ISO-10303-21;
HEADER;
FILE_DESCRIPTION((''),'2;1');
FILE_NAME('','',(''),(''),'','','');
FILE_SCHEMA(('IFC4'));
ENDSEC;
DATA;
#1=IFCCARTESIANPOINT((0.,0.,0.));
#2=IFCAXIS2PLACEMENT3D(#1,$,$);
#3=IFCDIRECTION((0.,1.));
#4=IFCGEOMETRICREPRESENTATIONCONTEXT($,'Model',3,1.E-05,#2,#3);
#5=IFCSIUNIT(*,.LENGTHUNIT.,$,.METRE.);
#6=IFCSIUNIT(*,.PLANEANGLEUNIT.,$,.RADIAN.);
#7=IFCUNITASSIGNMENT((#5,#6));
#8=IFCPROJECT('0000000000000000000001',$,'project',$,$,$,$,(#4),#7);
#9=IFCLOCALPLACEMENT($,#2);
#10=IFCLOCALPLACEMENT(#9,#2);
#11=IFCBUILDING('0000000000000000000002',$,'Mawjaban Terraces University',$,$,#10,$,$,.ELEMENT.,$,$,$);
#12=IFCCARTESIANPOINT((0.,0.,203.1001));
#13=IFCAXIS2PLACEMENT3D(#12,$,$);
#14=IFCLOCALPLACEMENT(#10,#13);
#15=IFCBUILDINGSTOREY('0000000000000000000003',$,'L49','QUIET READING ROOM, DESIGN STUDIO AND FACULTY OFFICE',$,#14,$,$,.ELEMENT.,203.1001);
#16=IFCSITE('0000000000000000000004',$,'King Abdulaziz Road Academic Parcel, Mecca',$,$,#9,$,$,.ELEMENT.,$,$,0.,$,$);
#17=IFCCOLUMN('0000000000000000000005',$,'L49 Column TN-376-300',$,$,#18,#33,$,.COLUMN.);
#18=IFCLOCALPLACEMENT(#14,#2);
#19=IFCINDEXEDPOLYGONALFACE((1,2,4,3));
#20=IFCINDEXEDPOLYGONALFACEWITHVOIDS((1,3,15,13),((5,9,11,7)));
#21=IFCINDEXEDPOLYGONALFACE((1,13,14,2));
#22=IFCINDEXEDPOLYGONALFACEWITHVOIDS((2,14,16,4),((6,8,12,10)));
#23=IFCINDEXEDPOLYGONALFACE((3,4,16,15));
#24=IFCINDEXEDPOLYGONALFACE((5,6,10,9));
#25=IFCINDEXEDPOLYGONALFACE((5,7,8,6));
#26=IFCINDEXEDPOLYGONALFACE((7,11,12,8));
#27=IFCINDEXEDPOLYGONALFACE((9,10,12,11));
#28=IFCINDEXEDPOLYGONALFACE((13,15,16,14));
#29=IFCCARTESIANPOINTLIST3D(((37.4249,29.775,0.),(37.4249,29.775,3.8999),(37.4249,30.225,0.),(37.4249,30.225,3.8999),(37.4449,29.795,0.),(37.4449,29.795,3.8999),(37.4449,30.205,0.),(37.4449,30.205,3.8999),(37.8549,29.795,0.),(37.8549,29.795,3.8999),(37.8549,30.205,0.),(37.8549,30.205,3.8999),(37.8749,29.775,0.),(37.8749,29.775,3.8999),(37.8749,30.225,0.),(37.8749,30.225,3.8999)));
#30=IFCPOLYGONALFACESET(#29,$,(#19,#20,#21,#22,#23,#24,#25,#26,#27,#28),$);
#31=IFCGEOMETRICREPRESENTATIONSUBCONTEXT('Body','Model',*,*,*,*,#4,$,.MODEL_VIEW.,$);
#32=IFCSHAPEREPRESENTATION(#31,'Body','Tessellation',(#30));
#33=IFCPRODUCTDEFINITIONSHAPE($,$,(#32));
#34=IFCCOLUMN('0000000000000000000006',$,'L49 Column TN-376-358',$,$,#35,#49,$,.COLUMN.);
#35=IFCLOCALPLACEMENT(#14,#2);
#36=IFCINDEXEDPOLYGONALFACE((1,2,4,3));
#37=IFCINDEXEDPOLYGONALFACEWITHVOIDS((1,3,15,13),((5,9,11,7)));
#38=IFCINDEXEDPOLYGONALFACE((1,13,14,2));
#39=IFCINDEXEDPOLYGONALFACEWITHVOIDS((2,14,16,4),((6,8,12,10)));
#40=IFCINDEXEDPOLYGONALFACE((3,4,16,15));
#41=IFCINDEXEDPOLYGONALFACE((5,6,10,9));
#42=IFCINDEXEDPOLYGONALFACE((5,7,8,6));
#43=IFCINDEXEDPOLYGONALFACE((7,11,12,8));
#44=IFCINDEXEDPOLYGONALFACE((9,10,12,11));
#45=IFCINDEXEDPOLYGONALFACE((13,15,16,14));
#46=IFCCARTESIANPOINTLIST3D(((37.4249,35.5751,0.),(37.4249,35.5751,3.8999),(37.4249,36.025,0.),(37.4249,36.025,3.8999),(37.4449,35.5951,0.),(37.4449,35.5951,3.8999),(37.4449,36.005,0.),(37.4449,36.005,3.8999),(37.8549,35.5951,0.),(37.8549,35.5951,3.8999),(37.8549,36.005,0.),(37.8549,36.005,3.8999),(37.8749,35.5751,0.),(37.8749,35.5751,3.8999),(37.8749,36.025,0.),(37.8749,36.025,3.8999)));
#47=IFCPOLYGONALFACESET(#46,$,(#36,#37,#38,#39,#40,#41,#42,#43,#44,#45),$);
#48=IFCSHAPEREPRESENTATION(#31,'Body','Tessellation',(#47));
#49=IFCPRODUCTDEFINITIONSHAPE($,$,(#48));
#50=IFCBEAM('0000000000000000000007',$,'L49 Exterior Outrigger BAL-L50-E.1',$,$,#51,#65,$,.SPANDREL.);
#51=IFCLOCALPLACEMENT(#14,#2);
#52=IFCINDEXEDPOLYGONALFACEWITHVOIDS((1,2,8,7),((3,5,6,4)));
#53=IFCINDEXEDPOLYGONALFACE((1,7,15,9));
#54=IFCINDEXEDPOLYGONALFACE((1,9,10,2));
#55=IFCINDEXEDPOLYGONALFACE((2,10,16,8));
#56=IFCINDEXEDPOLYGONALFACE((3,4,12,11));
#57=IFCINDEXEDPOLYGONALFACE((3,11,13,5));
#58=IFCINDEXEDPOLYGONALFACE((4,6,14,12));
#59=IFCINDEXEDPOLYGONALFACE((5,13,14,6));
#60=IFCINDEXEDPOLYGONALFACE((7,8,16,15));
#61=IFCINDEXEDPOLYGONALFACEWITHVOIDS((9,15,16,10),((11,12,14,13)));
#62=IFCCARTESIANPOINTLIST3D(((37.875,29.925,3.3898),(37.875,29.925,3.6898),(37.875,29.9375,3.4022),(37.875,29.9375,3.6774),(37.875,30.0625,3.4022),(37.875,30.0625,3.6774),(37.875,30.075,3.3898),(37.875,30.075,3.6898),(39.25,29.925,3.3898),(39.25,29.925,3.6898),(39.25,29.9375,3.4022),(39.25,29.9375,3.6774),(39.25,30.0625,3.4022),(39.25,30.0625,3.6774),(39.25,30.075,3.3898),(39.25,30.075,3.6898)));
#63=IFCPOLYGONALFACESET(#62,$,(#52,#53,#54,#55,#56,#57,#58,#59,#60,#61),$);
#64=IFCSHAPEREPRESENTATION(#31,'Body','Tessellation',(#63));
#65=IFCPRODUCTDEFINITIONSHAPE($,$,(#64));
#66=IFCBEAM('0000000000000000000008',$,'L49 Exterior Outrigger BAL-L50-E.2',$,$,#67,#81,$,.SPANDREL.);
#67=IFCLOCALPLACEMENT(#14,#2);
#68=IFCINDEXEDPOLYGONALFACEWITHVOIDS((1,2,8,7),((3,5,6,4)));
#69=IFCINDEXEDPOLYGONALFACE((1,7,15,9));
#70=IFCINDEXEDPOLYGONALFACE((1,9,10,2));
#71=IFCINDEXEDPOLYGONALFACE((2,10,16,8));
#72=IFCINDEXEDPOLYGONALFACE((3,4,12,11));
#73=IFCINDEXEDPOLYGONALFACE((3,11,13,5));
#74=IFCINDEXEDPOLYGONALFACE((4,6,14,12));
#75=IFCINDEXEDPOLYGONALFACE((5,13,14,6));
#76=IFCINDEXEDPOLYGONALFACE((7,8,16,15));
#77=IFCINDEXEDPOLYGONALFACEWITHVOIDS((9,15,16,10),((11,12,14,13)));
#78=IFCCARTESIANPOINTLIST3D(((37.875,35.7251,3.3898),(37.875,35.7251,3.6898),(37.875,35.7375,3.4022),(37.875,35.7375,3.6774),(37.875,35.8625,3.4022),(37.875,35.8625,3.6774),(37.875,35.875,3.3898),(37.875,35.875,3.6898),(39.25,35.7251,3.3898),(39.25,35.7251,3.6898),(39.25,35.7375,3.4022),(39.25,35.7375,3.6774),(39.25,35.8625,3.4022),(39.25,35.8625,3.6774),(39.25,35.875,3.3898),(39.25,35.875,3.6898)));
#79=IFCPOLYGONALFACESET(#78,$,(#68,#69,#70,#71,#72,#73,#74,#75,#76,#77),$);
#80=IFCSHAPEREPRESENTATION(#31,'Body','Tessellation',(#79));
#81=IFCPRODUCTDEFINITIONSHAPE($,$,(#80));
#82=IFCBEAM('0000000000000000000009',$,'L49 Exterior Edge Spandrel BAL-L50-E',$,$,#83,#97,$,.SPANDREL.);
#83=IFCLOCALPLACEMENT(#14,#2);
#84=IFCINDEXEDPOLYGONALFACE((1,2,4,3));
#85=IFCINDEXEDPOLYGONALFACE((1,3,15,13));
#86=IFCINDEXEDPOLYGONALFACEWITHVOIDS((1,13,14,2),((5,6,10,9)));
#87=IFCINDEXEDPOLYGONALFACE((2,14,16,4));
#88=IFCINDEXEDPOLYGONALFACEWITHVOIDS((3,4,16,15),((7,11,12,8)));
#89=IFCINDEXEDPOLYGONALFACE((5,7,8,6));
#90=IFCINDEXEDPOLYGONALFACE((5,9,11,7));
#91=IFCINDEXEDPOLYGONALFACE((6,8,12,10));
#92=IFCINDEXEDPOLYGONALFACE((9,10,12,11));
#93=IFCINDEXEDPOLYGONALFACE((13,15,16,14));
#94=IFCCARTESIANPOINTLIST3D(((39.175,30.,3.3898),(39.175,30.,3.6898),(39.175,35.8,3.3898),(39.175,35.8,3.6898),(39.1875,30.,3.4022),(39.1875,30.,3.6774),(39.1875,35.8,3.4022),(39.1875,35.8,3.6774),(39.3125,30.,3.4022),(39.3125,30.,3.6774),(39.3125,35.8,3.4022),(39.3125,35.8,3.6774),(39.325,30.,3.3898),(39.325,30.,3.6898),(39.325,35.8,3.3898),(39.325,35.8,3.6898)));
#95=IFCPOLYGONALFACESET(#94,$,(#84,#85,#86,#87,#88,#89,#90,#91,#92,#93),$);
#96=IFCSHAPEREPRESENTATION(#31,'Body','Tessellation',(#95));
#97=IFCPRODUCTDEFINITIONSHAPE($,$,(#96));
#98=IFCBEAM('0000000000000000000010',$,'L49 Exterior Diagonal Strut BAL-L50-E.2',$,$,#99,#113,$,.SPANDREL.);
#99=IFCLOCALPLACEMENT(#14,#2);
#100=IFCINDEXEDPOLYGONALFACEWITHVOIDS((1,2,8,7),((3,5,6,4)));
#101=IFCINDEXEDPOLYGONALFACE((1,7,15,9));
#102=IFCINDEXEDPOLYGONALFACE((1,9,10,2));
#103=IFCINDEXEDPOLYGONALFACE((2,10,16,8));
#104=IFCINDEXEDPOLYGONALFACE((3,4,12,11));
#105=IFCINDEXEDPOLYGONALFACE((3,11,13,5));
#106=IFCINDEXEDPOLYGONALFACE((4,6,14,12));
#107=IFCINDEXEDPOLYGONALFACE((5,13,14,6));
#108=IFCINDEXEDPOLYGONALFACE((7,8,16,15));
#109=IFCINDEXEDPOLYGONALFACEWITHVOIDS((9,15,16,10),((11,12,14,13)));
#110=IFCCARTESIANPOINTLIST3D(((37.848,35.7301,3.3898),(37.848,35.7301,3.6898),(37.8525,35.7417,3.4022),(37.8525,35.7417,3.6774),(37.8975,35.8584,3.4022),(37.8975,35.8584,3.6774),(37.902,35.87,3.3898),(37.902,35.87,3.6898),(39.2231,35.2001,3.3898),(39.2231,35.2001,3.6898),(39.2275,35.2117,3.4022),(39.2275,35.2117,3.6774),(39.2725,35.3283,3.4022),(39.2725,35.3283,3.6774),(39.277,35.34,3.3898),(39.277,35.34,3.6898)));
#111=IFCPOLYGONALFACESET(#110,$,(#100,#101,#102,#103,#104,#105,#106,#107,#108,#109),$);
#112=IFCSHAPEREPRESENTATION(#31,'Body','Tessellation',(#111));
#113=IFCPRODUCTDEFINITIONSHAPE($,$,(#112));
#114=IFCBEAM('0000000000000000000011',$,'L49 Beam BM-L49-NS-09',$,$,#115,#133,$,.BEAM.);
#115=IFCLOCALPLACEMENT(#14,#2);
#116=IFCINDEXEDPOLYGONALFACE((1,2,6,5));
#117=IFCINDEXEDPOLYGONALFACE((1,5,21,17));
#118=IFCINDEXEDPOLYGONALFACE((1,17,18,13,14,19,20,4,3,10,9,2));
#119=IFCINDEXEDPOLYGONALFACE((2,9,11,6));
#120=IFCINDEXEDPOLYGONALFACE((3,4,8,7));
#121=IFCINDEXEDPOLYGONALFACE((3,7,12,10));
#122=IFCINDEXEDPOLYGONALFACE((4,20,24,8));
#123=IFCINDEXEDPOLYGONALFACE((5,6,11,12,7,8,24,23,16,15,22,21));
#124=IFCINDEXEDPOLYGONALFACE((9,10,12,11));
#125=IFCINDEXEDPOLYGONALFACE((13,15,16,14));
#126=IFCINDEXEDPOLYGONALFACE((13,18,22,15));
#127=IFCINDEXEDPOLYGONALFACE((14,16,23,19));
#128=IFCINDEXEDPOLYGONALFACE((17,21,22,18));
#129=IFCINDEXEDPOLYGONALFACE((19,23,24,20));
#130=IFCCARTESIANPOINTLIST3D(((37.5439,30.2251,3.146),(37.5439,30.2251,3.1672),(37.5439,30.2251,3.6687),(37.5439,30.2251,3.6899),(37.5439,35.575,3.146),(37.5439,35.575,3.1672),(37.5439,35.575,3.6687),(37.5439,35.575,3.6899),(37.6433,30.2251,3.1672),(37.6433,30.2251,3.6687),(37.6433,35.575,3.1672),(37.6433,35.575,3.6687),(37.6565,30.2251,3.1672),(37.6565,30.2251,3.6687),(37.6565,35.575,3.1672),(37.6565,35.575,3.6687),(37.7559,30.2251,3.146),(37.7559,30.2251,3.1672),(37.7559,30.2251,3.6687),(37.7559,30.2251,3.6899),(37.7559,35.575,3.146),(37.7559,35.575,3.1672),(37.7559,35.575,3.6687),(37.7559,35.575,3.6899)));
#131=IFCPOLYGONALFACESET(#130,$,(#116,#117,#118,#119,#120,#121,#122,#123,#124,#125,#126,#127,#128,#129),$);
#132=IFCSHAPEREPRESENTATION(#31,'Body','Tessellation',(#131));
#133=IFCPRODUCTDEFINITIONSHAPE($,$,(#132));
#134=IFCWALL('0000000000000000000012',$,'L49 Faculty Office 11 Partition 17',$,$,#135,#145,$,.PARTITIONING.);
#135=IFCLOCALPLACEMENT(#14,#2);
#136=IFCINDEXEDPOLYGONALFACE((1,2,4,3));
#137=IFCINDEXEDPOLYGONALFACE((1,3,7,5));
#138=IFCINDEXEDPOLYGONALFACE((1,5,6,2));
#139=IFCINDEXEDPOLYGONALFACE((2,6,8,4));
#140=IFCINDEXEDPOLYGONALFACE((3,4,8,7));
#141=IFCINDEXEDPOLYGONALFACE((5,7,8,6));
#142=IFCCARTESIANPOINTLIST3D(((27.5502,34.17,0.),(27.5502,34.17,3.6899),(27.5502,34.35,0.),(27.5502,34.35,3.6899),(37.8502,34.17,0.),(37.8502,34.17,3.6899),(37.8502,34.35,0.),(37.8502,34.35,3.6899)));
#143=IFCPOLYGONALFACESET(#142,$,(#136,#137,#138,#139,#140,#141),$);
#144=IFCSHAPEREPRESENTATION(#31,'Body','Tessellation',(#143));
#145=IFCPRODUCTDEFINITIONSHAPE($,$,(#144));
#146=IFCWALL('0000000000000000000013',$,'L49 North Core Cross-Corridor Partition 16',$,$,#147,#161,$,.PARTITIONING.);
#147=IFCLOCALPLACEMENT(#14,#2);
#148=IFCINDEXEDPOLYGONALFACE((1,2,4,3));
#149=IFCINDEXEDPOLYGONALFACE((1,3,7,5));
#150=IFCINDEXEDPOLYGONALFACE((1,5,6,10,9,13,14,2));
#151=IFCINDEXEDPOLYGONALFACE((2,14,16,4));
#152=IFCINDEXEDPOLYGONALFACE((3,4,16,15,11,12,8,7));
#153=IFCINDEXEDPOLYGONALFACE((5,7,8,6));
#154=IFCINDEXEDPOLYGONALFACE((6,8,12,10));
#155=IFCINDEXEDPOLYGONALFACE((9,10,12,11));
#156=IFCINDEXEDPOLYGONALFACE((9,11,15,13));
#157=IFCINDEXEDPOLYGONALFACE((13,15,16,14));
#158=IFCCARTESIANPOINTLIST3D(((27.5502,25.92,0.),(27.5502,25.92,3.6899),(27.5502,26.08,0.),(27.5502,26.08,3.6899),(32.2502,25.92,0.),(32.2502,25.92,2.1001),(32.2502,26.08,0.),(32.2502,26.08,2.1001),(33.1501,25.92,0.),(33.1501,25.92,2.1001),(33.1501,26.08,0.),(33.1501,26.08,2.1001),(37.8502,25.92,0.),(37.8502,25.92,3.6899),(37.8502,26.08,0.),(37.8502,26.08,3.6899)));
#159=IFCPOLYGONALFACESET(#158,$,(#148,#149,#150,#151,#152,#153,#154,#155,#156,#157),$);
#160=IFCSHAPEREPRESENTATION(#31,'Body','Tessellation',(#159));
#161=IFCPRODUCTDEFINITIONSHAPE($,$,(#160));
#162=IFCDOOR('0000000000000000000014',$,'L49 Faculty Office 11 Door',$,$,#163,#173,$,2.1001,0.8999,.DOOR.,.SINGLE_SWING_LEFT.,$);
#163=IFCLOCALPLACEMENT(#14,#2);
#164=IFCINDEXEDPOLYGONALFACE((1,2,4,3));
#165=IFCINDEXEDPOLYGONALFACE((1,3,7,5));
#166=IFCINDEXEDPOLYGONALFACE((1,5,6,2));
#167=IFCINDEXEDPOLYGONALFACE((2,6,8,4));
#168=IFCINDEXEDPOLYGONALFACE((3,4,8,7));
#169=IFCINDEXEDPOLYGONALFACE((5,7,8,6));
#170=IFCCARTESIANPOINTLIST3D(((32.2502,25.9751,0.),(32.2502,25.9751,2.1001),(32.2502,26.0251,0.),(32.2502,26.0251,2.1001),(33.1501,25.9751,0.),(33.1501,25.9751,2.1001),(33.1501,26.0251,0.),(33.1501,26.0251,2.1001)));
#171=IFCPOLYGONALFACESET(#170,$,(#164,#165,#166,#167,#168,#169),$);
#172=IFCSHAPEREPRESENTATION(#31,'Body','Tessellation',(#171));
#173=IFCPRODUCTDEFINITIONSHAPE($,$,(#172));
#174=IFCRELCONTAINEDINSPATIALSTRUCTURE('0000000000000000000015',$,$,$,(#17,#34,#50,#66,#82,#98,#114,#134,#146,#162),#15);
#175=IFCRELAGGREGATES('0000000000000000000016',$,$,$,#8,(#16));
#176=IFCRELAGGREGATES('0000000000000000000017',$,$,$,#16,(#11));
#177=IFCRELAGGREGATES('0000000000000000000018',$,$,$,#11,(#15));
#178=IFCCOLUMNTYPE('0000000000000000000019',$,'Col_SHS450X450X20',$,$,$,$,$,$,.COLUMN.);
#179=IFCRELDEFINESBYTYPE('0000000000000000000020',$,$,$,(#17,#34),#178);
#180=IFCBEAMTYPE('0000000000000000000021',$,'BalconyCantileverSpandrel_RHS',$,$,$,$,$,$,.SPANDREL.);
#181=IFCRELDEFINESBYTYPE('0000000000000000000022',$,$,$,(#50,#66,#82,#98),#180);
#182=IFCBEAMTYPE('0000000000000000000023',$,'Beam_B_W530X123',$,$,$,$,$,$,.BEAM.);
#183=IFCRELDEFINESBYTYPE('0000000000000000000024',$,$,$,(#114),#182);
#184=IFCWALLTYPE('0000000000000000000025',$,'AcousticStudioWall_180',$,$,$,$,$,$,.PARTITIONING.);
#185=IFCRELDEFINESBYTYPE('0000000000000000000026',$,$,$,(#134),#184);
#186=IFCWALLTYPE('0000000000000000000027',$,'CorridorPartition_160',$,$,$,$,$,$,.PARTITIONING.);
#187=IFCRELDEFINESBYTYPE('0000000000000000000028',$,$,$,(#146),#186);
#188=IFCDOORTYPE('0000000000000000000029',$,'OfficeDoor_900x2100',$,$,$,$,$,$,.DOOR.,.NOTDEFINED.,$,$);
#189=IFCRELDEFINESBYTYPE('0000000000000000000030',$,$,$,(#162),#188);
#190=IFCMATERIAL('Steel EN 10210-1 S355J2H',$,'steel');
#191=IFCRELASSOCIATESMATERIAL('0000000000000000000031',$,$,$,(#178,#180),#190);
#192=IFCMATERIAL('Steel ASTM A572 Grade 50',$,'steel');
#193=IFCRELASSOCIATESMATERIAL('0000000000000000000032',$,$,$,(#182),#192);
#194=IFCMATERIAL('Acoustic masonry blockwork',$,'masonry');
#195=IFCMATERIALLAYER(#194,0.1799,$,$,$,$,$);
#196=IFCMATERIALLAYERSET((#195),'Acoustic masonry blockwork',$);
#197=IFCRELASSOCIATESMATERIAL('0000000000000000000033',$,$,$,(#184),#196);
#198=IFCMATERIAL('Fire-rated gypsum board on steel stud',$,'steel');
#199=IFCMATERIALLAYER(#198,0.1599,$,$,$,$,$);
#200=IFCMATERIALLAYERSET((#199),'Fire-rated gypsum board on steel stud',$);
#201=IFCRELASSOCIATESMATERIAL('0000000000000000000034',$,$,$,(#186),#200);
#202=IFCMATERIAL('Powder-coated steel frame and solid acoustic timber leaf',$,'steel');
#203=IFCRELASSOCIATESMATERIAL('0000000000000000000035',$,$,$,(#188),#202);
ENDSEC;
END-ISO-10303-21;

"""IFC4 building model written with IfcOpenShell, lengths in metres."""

from ifc_helpers import new_model, si_unit, direction, frame, frame_2d, origin, origin_2d, place, context, subcontext, project, spatial, rectangle, hollow_rectangle, i_section, extrude, material, layer, layer_set, material_profile, profile_set, type_object, element, fill, save


model = new_model("IFC4")

# Units and contexts
model_context = context("Model", 3, precision=1e-05, world=origin(), true_north=direction((0.0, 1.0)))
body_context = subcontext(model_context, "Body", "Model", "MODEL_VIEW")
ifc_project = project(units=[si_unit("LENGTHUNIT", "METRE"), si_unit("PLANEANGLEUNIT", "RADIAN")], contexts=[model_context])

# Site, building, storey
site_placement = place(None, origin())
site = spatial("IfcSite", under=ifc_project, at=site_placement, Name="King Abdulaziz Road Academic Parcel, Mecca", CompositionType="ELEMENT", RefElevation=0.0)
building_placement = place(site_placement, origin())
building = spatial("IfcBuilding", under=site, at=building_placement, Name="Mawjaban Terraces University", CompositionType="ELEMENT")
storey_placement = place(building_placement, frame((0.0, 0.0, 203.1001)))
storey = spatial("IfcBuildingStorey", under=building, at=storey_placement, Name="L49", Description="QUIET READING ROOM, DESIGN STUDIO AND FACULTY OFFICE", CompositionType="ELEMENT", Elevation=203.1001)

# Columns
ifc_material_1 = material(Name="Steel EN 10210-1 S355J2H", Category="steel")
ifc_material_profile_1 = material_profile(ifc_material_1, hollow_rectangle(XDim=0.45, YDim=0.45, WallThickness=0.02, at=origin_2d()), Name="SHS450X450X20")
ifc_profile_set_1 = profile_set([ifc_material_profile_1], Name="Steel EN 10210-1 S355J2H")
column_type = type_object("IfcColumnType", Name="Col_SHS450X450X20", PredefinedType="COLUMN", material=ifc_profile_set_1)
for number, where, z_axis, x_axis, name in (
    (1, (37.6499, 30.0, 0.0), (0.0, 0.0, 1.0), (1.0, 0.0, 0.0), "L49 Column TN-376-300"),
    (2, (37.6499, 35.8, 0.0), (0.0, 0.0, 1.0), (1.0, 0.0, 0.0), "L49 Column TN-376-358"),
):
    element("IfcColumn", number, at=place(storey_placement, frame(where, z_axis=z_axis, x_axis=x_axis)), inside=storey, type_object=column_type, Name=name, PredefinedType="COLUMN", context=body_context, shape_type="SweptSolid", body=[
        extrude(hollow_rectangle(XDim=0.45, YDim=0.45, WallThickness=0.02, at=origin_2d()), origin(), (0.0, 0.0, 1.0), 3.8999),
    ])

# Beams
ifc_material_profile_2 = material_profile(ifc_material_1, hollow_rectangle(XDim=0.1499, YDim=0.3, WallThickness=0.0125, at=origin_2d()), Name="RHS300X150X12.5")
ifc_profile_set_2 = profile_set([ifc_material_profile_2], Name="Steel EN 10210-1 S355J2H")
beam_type_1 = type_object("IfcBeamType", Name="BalconyCantileverSpandrel_RHS", PredefinedType="SPANDREL", material=ifc_profile_set_2)
for number, where, z_axis, x_axis, name in (
    (3, (37.875, 30.0, 3.5398), (1.0, 0.0, 0.0), (0.0, 1.0, 0.0), "L49 Exterior Outrigger BAL-L50-E.1"),
    (4, (37.875, 35.8, 3.5398), (1.0, 0.0, 0.0), (0.0, 1.0, 0.0), "L49 Exterior Outrigger BAL-L50-E.2"),
):
    element("IfcBeam", number, at=place(storey_placement, frame(where, z_axis=z_axis, x_axis=x_axis)), inside=storey, type_object=beam_type_1, Name=name, PredefinedType="SPANDREL", context=body_context, shape_type="SweptSolid", body=[
        extrude(hollow_rectangle(XDim=0.1499, YDim=0.3, WallThickness=0.0125, at=origin_2d()), origin(), (0.0, 0.0, 1.0), 1.375),
    ])
beam_1_placement = place(storey_placement, frame((39.25, 30.0, 3.5398), z_axis=(0.0, 1.0, 0.0), x_axis=(-1.0, 0.0, 0.0)))
element("IfcBeam", 5, at=beam_1_placement, inside=storey, type_object=beam_type_1, Name="L49 Exterior Edge Spandrel BAL-L50-E", PredefinedType="SPANDREL", context=body_context, shape_type="SweptSolid", body=[
    extrude(hollow_rectangle(XDim=0.1499, YDim=0.3, WallThickness=0.0125, at=origin_2d()), origin(), (0.0, 0.0, 1.0), 5.8),
])
beam_2_placement = place(storey_placement, frame((37.875, 35.8, 3.5398), z_axis=(0.933076, -0.359678, 0.0), x_axis=(0.359678, 0.933076, 0.0)))
element("IfcBeam", 6, at=beam_2_placement, inside=storey, type_object=beam_type_1, Name="L49 Exterior Diagonal Strut BAL-L50-E.2", PredefinedType="SPANDREL", context=body_context, shape_type="SweptSolid", body=[
    extrude(hollow_rectangle(XDim=0.1499, YDim=0.3, WallThickness=0.0125, at=origin_2d()), origin(), (0.0, 0.0, 1.0), 1.4736),
])
ifc_material_2 = material(Name="Steel ASTM A572 Grade 50", Category="steel")
ifc_material_profile_3 = material_profile(ifc_material_2, i_section(OverallWidth=0.2119, OverallDepth=0.5439, WebThickness=0.0132, FlangeThickness=0.0212, at=origin_2d()), Name="W530X123")
ifc_profile_set_3 = profile_set([ifc_material_profile_3], Name="Steel ASTM A572 Grade 50")
beam_type_2 = type_object("IfcBeamType", Name="Beam_B_W530X123", PredefinedType="BEAM", material=ifc_profile_set_3)
beam_3_placement = place(storey_placement, frame((37.6499, 30.2251, 3.418), z_axis=(0.0, 1.0, 0.0), x_axis=(-1.0, 0.0, 0.0)))
element("IfcBeam", 7, at=beam_3_placement, inside=storey, type_object=beam_type_2, Name="L49 Beam BM-L49-NS-09", PredefinedType="BEAM", context=body_context, shape_type="SweptSolid", body=[
    extrude(i_section(OverallWidth=0.2119, OverallDepth=0.5439, WebThickness=0.0132, FlangeThickness=0.0212, at=origin_2d()), origin(), (0.0, 0.0, 1.0), 5.3499),
])

# Wall
ifc_material_3 = material(Name="Acoustic masonry blockwork", Category="masonry")
ifc_layer_1 = layer(ifc_material_3, 0.1799)
ifc_layer_set_1 = layer_set([ifc_layer_1], Name="Acoustic masonry blockwork")
wall_type_1 = type_object("IfcWallType", Name="AcousticStudioWall_180", PredefinedType="PARTITIONING", material=ifc_layer_set_1)
wall_1_placement = place(storey_placement, frame((37.8501, 34.26, 0.0), z_axis=(0.0, 0.0, 1.0), x_axis=(-1.0, 0.0, 0.0)))
element("IfcWall", 8, at=wall_1_placement, inside=storey, type_object=wall_type_1, Name="L49 Faculty Office 11 Partition 17", PredefinedType="PARTITIONING", context=body_context, shape_type="SweptSolid", body=[
    extrude(rectangle(XDim=10.3, YDim=0.1799, at=frame_2d((5.1499, 0.0))), origin(), (0.0, 0.0, 1.0), 3.6899),
])

# Wall, opening, door
ifc_material_4 = material(Name="Fire-rated gypsum board on steel stud", Category="steel")
ifc_layer_2 = layer(ifc_material_4, 0.1599)
ifc_layer_set_2 = layer_set([ifc_layer_2], Name="Fire-rated gypsum board on steel stud")
wall_type_2 = type_object("IfcWallType", Name="CorridorPartition_160", PredefinedType="PARTITIONING", material=ifc_layer_set_2)
wall_2_placement = place(storey_placement, frame((37.8501, 26.0, 0.0), z_axis=(0.0, 0.0, 1.0), x_axis=(-1.0, 0.0, 0.0)))
wall_2 = element("IfcWall", 9, at=wall_2_placement, inside=storey, type_object=wall_type_2, Name="L49 North Core Cross-Corridor Partition 16", PredefinedType="PARTITIONING", context=body_context, shape_type="SweptSolid", body=[
    extrude(rectangle(XDim=10.3, YDim=0.1599, at=frame_2d((5.1499, 0.0))), origin(), (0.0, 0.0, 1.0), 3.6899),
])
opening_1_placement = place(wall_2_placement, frame((4.7, 0.0, 0.0)))
opening_1 = element("IfcOpeningElement", 10, at=opening_1_placement, cuts=wall_2, PredefinedType="OPENING", context=body_context, shape_type="SweptSolid", body=[
    extrude(rectangle(XDim=0.8999, YDim=2.1001, at=frame_2d((0.45, 1.05))), frame((0.0, 0.0898, 0.0), z_axis=(0.0, -1.0, 0.0), x_axis=(1.0, 0.0, 0.0)), (0.0, 0.0, 1.0), 0.1799),
])
ifc_material_5 = material(Name="Powder-coated steel frame and solid acoustic timber leaf", Category="steel")
door_type = type_object("IfcDoorType", Name="OfficeDoor_900x2100", OperationType="NOTDEFINED", PredefinedType="DOOR", material=ifc_material_5)
door_placement = place(opening_1_placement, origin())
door = element("IfcDoor", 11, at=door_placement, inside=storey, type_object=door_type, Name="L49 Faculty Office 11 Door", OperationType="SINGLE_SWING_LEFT", OverallHeight=2.1001, OverallWidth=0.8999, PredefinedType="DOOR", context=body_context, shape_type="SweptSolid", body=[
    extrude(rectangle(XDim=0.8999, YDim=2.1001, at=frame_2d((0.45, 1.05))), frame((0.0, 0.0249, 0.0), z_axis=(0.0, -1.0, 0.0), x_axis=(1.0, 0.0, 0.0)), (0.0, 0.0, 1.0), 0.05),
])
fill(opening_1, door)

save(model, "model.ifc")
